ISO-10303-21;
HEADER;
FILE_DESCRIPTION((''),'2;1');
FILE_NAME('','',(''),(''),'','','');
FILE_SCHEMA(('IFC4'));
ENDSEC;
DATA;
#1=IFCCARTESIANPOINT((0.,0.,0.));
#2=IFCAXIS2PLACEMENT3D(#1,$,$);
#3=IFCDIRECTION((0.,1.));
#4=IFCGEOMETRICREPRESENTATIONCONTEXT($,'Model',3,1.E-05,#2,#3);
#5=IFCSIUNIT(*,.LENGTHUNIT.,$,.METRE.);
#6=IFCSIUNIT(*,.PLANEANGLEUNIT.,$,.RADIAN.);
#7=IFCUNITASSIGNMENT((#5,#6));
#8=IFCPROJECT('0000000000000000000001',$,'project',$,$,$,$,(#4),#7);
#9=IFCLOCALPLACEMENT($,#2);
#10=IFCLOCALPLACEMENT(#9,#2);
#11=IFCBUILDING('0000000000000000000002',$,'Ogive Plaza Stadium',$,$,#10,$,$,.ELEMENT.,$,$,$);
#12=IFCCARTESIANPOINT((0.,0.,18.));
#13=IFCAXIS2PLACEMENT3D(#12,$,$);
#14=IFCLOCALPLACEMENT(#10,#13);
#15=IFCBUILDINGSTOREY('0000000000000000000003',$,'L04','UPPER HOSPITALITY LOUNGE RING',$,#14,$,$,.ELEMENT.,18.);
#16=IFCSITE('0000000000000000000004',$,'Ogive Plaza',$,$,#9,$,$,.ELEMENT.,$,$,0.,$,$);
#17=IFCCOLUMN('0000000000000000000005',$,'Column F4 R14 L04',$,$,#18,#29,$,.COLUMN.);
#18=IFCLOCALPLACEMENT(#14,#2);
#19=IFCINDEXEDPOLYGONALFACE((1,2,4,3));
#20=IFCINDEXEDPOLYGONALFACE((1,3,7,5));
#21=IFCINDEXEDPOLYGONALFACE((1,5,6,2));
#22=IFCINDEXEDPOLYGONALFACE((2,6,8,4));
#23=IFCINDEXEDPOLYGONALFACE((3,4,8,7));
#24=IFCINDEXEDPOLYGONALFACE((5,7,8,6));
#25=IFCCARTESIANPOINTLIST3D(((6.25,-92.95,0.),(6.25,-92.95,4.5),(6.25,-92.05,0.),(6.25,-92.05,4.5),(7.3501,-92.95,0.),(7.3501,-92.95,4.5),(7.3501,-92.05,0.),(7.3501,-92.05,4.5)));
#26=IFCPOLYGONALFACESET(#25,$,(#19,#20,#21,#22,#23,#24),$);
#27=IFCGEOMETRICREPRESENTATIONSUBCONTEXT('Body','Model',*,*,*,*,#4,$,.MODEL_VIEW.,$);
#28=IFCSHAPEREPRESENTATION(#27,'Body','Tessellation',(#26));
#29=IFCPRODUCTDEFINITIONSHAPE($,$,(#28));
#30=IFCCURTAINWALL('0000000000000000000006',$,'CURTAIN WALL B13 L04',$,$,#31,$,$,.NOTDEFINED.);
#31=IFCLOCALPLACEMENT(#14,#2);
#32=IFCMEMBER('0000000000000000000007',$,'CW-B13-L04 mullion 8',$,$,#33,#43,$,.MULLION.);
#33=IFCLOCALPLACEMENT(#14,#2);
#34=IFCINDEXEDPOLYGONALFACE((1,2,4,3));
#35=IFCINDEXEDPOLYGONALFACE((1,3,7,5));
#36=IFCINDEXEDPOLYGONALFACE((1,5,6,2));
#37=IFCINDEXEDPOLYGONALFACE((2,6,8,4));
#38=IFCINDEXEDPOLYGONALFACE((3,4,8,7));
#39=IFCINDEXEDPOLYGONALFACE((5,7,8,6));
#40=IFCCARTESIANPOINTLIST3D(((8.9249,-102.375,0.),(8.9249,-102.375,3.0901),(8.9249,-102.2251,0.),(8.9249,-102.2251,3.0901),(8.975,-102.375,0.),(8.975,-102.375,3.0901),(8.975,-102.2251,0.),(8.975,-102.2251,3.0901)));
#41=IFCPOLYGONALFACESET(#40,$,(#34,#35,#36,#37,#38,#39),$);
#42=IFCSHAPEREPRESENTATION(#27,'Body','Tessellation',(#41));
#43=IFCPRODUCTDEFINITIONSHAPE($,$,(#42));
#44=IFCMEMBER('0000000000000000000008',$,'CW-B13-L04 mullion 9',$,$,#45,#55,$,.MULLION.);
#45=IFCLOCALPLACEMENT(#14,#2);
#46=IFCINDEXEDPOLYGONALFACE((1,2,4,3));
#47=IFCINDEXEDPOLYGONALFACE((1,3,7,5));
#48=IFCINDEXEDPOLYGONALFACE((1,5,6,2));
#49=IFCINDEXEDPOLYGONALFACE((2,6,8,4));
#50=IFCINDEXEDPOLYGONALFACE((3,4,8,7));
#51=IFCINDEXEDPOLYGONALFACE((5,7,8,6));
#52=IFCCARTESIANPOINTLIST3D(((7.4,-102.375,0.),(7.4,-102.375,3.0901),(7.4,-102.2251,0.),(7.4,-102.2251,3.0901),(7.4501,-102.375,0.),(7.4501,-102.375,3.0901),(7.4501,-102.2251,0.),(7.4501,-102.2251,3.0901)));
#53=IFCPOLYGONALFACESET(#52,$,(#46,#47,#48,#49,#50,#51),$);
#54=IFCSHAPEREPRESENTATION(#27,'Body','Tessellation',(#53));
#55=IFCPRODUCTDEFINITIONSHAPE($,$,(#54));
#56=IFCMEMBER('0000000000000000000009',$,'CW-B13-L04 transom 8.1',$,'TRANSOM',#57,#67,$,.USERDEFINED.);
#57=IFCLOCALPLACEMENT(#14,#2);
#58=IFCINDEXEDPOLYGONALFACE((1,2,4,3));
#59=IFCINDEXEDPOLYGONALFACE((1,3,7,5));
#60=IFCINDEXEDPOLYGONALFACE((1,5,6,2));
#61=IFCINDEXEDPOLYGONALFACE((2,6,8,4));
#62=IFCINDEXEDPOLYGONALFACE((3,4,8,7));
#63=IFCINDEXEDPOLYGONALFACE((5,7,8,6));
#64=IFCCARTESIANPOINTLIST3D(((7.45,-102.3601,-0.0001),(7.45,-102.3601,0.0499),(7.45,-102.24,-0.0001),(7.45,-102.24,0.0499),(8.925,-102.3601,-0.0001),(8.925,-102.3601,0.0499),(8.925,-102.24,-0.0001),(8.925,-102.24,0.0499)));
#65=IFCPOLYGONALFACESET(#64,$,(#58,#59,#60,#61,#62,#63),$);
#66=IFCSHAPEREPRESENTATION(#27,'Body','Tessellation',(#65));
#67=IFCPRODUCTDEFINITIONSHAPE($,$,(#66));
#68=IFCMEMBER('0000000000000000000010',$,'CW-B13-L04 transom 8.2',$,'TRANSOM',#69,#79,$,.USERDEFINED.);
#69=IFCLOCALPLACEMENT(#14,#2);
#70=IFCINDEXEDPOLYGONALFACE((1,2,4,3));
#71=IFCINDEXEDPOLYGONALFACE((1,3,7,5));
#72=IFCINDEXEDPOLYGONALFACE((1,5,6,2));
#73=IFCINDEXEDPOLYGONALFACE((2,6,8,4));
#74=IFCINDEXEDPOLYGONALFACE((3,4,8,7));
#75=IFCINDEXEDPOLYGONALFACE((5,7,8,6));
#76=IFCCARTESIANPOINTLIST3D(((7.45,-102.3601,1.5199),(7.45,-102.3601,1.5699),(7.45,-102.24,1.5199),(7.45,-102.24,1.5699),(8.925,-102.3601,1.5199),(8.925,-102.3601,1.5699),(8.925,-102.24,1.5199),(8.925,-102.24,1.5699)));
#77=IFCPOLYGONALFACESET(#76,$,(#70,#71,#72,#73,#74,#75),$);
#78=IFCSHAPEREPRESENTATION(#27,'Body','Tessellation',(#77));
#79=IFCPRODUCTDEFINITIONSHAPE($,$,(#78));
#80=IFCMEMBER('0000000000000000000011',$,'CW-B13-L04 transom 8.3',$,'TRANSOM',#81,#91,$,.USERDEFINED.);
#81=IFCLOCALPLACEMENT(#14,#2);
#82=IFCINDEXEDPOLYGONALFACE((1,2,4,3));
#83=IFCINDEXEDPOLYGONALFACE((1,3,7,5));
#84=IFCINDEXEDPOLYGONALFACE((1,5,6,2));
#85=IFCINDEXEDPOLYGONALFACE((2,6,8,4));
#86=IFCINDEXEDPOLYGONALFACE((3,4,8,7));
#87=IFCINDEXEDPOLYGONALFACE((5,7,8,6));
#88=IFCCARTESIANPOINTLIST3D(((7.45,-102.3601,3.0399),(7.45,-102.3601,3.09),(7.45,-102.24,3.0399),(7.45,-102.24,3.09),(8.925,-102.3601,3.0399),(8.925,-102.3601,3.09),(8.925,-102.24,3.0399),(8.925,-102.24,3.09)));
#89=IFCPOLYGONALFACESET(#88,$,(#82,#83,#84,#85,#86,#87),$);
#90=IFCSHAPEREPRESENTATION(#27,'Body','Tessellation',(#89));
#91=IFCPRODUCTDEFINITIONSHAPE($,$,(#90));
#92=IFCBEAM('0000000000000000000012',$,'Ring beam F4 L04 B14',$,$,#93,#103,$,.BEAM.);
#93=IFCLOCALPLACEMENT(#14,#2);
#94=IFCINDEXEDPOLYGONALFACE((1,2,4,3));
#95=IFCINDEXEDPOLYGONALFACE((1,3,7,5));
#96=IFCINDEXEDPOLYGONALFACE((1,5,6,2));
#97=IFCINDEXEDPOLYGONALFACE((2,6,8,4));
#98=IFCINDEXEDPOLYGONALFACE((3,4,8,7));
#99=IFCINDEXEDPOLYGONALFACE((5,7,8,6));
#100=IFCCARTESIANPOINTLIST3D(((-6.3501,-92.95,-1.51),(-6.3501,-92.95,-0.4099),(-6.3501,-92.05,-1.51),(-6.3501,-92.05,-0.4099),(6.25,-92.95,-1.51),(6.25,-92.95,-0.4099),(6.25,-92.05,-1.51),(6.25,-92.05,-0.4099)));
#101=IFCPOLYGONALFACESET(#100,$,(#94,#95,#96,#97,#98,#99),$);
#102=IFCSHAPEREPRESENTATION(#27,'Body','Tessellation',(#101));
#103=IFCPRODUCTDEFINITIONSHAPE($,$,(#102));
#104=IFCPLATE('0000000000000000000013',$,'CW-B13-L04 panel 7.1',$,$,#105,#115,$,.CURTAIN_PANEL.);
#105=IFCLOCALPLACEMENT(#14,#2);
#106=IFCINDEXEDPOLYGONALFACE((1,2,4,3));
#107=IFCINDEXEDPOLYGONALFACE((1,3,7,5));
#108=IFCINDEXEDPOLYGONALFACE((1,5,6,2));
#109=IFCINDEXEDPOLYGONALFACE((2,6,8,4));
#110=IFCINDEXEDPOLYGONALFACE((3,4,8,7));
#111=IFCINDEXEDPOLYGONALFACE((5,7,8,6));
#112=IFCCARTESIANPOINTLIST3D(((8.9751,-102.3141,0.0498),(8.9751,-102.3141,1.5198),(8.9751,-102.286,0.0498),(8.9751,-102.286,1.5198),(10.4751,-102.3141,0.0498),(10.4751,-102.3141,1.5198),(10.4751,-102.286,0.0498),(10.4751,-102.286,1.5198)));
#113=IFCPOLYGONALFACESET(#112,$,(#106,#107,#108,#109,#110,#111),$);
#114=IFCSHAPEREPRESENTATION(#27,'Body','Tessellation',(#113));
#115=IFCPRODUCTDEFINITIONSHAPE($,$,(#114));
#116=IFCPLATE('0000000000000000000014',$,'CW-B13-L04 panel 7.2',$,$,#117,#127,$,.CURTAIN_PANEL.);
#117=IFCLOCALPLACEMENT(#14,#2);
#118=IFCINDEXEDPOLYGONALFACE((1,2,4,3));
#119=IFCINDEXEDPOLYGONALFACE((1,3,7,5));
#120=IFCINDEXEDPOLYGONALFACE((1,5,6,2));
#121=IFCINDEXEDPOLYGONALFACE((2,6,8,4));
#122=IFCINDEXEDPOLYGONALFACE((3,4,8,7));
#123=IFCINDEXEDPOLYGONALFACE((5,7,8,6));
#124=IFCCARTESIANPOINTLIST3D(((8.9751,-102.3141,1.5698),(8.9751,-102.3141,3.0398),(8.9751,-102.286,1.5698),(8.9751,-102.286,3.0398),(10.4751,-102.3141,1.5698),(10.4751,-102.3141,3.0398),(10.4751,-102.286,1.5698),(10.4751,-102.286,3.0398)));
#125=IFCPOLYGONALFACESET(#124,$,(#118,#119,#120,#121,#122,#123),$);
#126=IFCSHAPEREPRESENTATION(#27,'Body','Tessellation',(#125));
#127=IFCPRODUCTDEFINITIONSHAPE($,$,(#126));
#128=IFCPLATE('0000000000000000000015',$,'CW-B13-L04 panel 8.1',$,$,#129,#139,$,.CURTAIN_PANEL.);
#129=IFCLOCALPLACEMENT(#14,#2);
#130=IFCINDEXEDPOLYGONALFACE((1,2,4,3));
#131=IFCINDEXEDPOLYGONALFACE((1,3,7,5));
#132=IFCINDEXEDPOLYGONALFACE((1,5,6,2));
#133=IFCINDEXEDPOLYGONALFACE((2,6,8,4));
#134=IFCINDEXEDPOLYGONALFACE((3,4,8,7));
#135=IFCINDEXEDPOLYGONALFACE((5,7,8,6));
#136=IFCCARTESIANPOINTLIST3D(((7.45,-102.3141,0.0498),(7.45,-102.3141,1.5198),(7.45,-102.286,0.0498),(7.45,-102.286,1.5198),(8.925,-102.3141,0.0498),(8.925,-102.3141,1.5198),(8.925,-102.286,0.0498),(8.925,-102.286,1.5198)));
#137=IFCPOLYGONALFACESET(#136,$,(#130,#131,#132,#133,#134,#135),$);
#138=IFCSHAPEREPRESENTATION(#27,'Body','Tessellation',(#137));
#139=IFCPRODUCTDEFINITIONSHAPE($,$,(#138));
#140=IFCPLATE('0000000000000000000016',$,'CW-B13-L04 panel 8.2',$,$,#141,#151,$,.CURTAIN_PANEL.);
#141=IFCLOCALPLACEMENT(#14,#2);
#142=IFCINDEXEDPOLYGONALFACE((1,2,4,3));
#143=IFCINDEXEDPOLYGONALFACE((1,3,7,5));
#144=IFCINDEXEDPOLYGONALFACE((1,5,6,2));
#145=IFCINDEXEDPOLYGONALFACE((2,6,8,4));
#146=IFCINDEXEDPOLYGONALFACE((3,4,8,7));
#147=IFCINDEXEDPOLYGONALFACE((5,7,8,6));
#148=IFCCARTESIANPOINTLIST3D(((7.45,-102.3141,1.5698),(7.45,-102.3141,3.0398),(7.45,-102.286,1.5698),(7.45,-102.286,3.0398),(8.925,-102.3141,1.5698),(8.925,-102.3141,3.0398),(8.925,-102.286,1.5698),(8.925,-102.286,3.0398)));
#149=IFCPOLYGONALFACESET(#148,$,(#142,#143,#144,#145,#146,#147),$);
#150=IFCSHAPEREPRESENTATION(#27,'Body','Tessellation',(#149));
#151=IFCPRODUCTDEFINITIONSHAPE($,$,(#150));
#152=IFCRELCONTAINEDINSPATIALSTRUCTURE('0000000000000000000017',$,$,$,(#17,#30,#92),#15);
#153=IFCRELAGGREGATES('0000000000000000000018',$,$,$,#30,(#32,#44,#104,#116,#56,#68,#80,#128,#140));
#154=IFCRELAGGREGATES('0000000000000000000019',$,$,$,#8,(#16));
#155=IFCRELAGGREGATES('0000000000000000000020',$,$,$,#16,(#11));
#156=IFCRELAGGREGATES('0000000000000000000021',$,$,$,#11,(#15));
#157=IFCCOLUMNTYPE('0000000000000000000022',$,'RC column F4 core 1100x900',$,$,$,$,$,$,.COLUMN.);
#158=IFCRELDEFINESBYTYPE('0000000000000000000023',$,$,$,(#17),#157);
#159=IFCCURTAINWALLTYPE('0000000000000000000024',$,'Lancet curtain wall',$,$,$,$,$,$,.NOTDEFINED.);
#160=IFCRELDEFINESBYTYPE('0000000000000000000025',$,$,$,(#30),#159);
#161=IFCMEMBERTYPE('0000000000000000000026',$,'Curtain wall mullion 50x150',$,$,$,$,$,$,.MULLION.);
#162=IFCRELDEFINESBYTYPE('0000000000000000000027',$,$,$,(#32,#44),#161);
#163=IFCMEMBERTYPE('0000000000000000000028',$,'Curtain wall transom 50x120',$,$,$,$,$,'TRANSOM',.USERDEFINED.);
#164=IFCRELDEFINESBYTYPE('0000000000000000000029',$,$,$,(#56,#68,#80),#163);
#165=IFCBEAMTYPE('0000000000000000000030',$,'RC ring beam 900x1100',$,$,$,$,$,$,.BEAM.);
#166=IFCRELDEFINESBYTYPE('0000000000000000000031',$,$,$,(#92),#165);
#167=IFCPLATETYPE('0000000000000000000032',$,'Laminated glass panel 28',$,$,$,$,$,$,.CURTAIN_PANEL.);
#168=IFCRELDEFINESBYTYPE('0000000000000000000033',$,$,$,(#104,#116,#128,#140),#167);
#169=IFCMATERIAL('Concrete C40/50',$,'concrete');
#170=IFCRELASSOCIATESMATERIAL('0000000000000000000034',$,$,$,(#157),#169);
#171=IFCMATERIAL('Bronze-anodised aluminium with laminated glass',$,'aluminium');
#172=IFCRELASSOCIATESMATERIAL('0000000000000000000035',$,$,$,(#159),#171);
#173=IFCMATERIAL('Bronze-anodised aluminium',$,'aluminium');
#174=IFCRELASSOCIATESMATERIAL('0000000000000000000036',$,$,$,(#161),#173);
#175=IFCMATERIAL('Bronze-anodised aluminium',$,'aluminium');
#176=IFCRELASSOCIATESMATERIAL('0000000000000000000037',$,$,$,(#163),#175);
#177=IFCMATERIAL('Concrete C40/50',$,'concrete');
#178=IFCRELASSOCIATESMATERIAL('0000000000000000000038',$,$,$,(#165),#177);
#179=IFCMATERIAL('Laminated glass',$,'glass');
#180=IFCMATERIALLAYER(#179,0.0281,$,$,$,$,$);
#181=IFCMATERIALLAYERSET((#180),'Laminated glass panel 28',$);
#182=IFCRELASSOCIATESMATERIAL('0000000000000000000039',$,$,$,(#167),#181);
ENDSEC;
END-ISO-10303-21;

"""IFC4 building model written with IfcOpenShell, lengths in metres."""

from ifc_helpers import new_model, si_unit, direction, frame, origin, origin_2d, place, context, subcontext, project, spatial, rectangle, extrude, material, layer, layer_set, material_profile, profile_set, type_object, element, aggregate, save


model = new_model("IFC4")

# Units and contexts
model_context = context("Model", 3, precision=1e-05, world=origin(), true_north=direction((0.0, 1.0)))
body_context = subcontext(model_context, "Body", "Model", "MODEL_VIEW")
ifc_project = project(units=[si_unit("LENGTHUNIT", "METRE"), si_unit("PLANEANGLEUNIT", "RADIAN")], contexts=[model_context])

# Site, building, storey
site_placement = place(None, origin())
site = spatial("IfcSite", under=ifc_project, at=site_placement, Name="Ogive Plaza", CompositionType="ELEMENT", RefElevation=0.0)
building_placement = place(site_placement, origin())
building = spatial("IfcBuilding", under=site, at=building_placement, Name="Ogive Plaza Stadium", CompositionType="ELEMENT")
storey_placement = place(building_placement, frame((0.0, 0.0, 18.0)))
storey = spatial("IfcBuildingStorey", under=building, at=storey_placement, Name="L04", Description="UPPER HOSPITALITY LOUNGE RING", CompositionType="ELEMENT", Elevation=18.0)

# Column
ifc_material_1 = material(Name="Concrete C40/50", Category="concrete")
ifc_material_profile_1 = material_profile(ifc_material_1, rectangle(XDim=1.1001, YDim=0.8999, at=origin_2d()), Name="RC 1100x900")
ifc_profile_set_1 = profile_set([ifc_material_profile_1], Name="Concrete C40/50")
column_type = type_object("IfcColumnType", Name="RC column F4 core 1100x900", PredefinedType="COLUMN", material=ifc_profile_set_1)
column_placement = place(storey_placement, frame((6.8, -92.5, 0.0), z_axis=(0.0, 0.0, 1.0), x_axis=(1.0, 0.0, 0.0)))
element("IfcColumn", 1, at=column_placement, inside=storey, type_object=column_type, Name="Column F4 R14 L04", PredefinedType="COLUMN", context=body_context, shape_type="SweptSolid", body=[
    extrude(rectangle(XDim=1.1001, YDim=0.8999, at=origin_2d()), origin(), (0.0, 0.0, 1.0), 4.5),
])

# Curtain wall, members
ifc_material_2 = material(Name="Bronze-anodised aluminium with laminated glass", Category="aluminium")
curtain_wall_type = type_object("IfcCurtainWallType", Name="Lancet curtain wall", PredefinedType="NOTDEFINED", material=ifc_material_2)
curtain_wall_placement = place(storey_placement, origin())
curtain_wall = element("IfcCurtainWall", 2, at=curtain_wall_placement, inside=storey, type_object=curtain_wall_type, Name="CURTAIN WALL B13 L04", PredefinedType="NOTDEFINED")
ifc_material_3 = material(Name="Bronze-anodised aluminium", Category="aluminium")
ifc_material_profile_2 = material_profile(ifc_material_3, rectangle(XDim=0.1499, YDim=0.05, at=origin_2d()), Name="AL 150x50")
ifc_profile_set_2 = profile_set([ifc_material_profile_2], Name="Bronze-anodised aluminium")
member_type_1 = type_object("IfcMemberType", Name="Curtain wall mullion 50x150", PredefinedType="MULLION", material=ifc_profile_set_2)
member_1_placement = place(storey_placement, frame((8.95, -102.3, 0.0), z_axis=(0.0, 0.0, 1.0), x_axis=(0.0, -1.0, 0.0)))
member_1 = element("IfcMember", 3, at=member_1_placement, type_object=member_type_1, Name="CW-B13-L04 mullion 8", PredefinedType="MULLION", context=body_context, shape_type="SweptSolid", body=[
    extrude(rectangle(XDim=0.1499, YDim=0.05, at=origin_2d()), origin(), (0.0, 0.0, 1.0), 3.0901),
])
member_2_placement = place(storey_placement, frame((7.425, -102.3, 0.0), z_axis=(0.0, 0.0, 1.0), x_axis=(0.0, -1.0, 0.0)))
member_2 = element("IfcMember", 4, at=member_2_placement, type_object=member_type_1, Name="CW-B13-L04 mullion 9", PredefinedType="MULLION", context=body_context, shape_type="SweptSolid", body=[
    extrude(rectangle(XDim=0.1499, YDim=0.05, at=origin_2d()), origin(), (0.0, 0.0, 1.0), 3.0901),
])
ifc_material_4 = material(Name="Bronze-anodised aluminium", Category="aluminium")
ifc_material_profile_3 = material_profile(ifc_material_4, rectangle(XDim=0.1201, YDim=0.05, at=origin_2d()), Name="AL 120x50")
ifc_profile_set_3 = profile_set([ifc_material_profile_3], Name="Bronze-anodised aluminium")
member_type_2 = type_object("IfcMemberType", Name="Curtain wall transom 50x120", ElementType="TRANSOM", PredefinedType="USERDEFINED", material=ifc_profile_set_3)
member_3_placement = place(storey_placement, frame((8.925, -102.3, 0.0249), z_axis=(-1.0, 0.0, 0.0), x_axis=(0.0, -1.0, 0.0)))
member_3 = element("IfcMember", 5, at=member_3_placement, type_object=member_type_2, Name="CW-B13-L04 transom 8.1", ObjectType="TRANSOM", PredefinedType="USERDEFINED", context=body_context, shape_type="SweptSolid", body=[
    extrude(rectangle(XDim=0.1201, YDim=0.05, at=origin_2d()), origin(), (0.0, 0.0, 1.0), 1.4751),
])
member_4_placement = place(storey_placement, frame((8.925, -102.3, 1.5449), z_axis=(-1.0, 0.0, 0.0), x_axis=(0.0, -1.0, 0.0)))
member_4 = element("IfcMember", 6, at=member_4_placement, type_object=member_type_2, Name="CW-B13-L04 transom 8.2", ObjectType="TRANSOM", PredefinedType="USERDEFINED", context=body_context, shape_type="SweptSolid", body=[
    extrude(rectangle(XDim=0.1201, YDim=0.05, at=origin_2d()), origin(), (0.0, 0.0, 1.0), 1.4751),
])
member_5_placement = place(storey_placement, frame((8.925, -102.3, 3.0649), z_axis=(-1.0, 0.0, 0.0), x_axis=(0.0, -1.0, 0.0)))
member_5 = element("IfcMember", 7, at=member_5_placement, type_object=member_type_2, Name="CW-B13-L04 transom 8.3", ObjectType="TRANSOM", PredefinedType="USERDEFINED", context=body_context, shape_type="SweptSolid", body=[
    extrude(rectangle(XDim=0.1201, YDim=0.05, at=origin_2d()), origin(), (0.0, 0.0, 1.0), 1.4751),
])

# Beam
ifc_material_5 = material(Name="Concrete C40/50", Category="concrete")
ifc_material_profile_4 = material_profile(ifc_material_5, rectangle(XDim=0.8999, YDim=1.1001, at=origin_2d()), Name="RC 900x1100")
ifc_profile_set_4 = profile_set([ifc_material_profile_4], Name="Concrete C40/50")
beam_type = type_object("IfcBeamType", Name="RC ring beam 900x1100", PredefinedType="BEAM", material=ifc_profile_set_4)
beam_placement = place(storey_placement, frame((6.25, -92.5, -0.96), z_axis=(-1.0, 0.0, 0.0), x_axis=(0.0, -1.0, 0.0)))
element("IfcBeam", 8, at=beam_placement, inside=storey, type_object=beam_type, Name="Ring beam F4 L04 B14", PredefinedType="BEAM", context=body_context, shape_type="SweptSolid", body=[
    extrude(rectangle(XDim=0.8999, YDim=1.1001, at=origin_2d()), origin(), (0.0, 0.0, 1.0), 12.6001),
])

# Plates
ifc_material_6 = material(Name="Laminated glass", Category="glass")
ifc_layer_1 = layer(ifc_material_6, 0.0281)
ifc_layer_set_1 = layer_set([ifc_layer_1], Name="Laminated glass panel 28")
plate_type = type_object("IfcPlateType", Name="Laminated glass panel 28", PredefinedType="CURTAIN_PANEL", material=ifc_layer_set_1)
plate_1_placement = place(storey_placement, frame((9.7251, -102.3, 0.0498), z_axis=(0.0, 0.0, 1.0), x_axis=(-1.0, 0.0, 0.0)))
plate_1 = element("IfcPlate", 9, at=plate_1_placement, type_object=plate_type, Name="CW-B13-L04 panel 7.1", PredefinedType="CURTAIN_PANEL", context=body_context, shape_type="SweptSolid", body=[
    extrude(rectangle(XDim=1.5, YDim=0.0281, at=origin_2d()), origin(), (0.0, 0.0, 1.0), 1.47),
])
plate_2_placement = place(storey_placement, frame((9.7251, -102.3, 1.5698), z_axis=(0.0, 0.0, 1.0), x_axis=(-1.0, 0.0, 0.0)))
plate_2 = element("IfcPlate", 10, at=plate_2_placement, type_object=plate_type, Name="CW-B13-L04 panel 7.2", PredefinedType="CURTAIN_PANEL", context=body_context, shape_type="SweptSolid", body=[
    extrude(rectangle(XDim=1.5, YDim=0.0281, at=origin_2d()), origin(), (0.0, 0.0, 1.0), 1.47),
])
plate_3_placement = place(storey_placement, frame((8.1875, -102.3, 0.0498), z_axis=(0.0, 0.0, 1.0), x_axis=(-1.0, 0.0, 0.0)))
plate_3 = element("IfcPlate", 11, at=plate_3_placement, type_object=plate_type, Name="CW-B13-L04 panel 8.1", PredefinedType="CURTAIN_PANEL", context=body_context, shape_type="SweptSolid", body=[
    extrude(rectangle(XDim=1.4751, YDim=0.0281, at=origin_2d()), origin(), (0.0, 0.0, 1.0), 1.47),
])
plate_4_placement = place(storey_placement, frame((8.1875, -102.3, 1.5698), z_axis=(0.0, 0.0, 1.0), x_axis=(-1.0, 0.0, 0.0)))
plate_4 = element("IfcPlate", 12, at=plate_4_placement, type_object=plate_type, Name="CW-B13-L04 panel 8.2", PredefinedType="CURTAIN_PANEL", context=body_context, shape_type="SweptSolid", body=[
    extrude(rectangle(XDim=1.4751, YDim=0.0281, at=origin_2d()), origin(), (0.0, 0.0, 1.0), 1.47),
])
aggregate(curtain_wall, [member_1, member_2, plate_1, plate_2, member_3, member_4, member_5, plate_3, plate_4])

save(model, "model.ifc")
